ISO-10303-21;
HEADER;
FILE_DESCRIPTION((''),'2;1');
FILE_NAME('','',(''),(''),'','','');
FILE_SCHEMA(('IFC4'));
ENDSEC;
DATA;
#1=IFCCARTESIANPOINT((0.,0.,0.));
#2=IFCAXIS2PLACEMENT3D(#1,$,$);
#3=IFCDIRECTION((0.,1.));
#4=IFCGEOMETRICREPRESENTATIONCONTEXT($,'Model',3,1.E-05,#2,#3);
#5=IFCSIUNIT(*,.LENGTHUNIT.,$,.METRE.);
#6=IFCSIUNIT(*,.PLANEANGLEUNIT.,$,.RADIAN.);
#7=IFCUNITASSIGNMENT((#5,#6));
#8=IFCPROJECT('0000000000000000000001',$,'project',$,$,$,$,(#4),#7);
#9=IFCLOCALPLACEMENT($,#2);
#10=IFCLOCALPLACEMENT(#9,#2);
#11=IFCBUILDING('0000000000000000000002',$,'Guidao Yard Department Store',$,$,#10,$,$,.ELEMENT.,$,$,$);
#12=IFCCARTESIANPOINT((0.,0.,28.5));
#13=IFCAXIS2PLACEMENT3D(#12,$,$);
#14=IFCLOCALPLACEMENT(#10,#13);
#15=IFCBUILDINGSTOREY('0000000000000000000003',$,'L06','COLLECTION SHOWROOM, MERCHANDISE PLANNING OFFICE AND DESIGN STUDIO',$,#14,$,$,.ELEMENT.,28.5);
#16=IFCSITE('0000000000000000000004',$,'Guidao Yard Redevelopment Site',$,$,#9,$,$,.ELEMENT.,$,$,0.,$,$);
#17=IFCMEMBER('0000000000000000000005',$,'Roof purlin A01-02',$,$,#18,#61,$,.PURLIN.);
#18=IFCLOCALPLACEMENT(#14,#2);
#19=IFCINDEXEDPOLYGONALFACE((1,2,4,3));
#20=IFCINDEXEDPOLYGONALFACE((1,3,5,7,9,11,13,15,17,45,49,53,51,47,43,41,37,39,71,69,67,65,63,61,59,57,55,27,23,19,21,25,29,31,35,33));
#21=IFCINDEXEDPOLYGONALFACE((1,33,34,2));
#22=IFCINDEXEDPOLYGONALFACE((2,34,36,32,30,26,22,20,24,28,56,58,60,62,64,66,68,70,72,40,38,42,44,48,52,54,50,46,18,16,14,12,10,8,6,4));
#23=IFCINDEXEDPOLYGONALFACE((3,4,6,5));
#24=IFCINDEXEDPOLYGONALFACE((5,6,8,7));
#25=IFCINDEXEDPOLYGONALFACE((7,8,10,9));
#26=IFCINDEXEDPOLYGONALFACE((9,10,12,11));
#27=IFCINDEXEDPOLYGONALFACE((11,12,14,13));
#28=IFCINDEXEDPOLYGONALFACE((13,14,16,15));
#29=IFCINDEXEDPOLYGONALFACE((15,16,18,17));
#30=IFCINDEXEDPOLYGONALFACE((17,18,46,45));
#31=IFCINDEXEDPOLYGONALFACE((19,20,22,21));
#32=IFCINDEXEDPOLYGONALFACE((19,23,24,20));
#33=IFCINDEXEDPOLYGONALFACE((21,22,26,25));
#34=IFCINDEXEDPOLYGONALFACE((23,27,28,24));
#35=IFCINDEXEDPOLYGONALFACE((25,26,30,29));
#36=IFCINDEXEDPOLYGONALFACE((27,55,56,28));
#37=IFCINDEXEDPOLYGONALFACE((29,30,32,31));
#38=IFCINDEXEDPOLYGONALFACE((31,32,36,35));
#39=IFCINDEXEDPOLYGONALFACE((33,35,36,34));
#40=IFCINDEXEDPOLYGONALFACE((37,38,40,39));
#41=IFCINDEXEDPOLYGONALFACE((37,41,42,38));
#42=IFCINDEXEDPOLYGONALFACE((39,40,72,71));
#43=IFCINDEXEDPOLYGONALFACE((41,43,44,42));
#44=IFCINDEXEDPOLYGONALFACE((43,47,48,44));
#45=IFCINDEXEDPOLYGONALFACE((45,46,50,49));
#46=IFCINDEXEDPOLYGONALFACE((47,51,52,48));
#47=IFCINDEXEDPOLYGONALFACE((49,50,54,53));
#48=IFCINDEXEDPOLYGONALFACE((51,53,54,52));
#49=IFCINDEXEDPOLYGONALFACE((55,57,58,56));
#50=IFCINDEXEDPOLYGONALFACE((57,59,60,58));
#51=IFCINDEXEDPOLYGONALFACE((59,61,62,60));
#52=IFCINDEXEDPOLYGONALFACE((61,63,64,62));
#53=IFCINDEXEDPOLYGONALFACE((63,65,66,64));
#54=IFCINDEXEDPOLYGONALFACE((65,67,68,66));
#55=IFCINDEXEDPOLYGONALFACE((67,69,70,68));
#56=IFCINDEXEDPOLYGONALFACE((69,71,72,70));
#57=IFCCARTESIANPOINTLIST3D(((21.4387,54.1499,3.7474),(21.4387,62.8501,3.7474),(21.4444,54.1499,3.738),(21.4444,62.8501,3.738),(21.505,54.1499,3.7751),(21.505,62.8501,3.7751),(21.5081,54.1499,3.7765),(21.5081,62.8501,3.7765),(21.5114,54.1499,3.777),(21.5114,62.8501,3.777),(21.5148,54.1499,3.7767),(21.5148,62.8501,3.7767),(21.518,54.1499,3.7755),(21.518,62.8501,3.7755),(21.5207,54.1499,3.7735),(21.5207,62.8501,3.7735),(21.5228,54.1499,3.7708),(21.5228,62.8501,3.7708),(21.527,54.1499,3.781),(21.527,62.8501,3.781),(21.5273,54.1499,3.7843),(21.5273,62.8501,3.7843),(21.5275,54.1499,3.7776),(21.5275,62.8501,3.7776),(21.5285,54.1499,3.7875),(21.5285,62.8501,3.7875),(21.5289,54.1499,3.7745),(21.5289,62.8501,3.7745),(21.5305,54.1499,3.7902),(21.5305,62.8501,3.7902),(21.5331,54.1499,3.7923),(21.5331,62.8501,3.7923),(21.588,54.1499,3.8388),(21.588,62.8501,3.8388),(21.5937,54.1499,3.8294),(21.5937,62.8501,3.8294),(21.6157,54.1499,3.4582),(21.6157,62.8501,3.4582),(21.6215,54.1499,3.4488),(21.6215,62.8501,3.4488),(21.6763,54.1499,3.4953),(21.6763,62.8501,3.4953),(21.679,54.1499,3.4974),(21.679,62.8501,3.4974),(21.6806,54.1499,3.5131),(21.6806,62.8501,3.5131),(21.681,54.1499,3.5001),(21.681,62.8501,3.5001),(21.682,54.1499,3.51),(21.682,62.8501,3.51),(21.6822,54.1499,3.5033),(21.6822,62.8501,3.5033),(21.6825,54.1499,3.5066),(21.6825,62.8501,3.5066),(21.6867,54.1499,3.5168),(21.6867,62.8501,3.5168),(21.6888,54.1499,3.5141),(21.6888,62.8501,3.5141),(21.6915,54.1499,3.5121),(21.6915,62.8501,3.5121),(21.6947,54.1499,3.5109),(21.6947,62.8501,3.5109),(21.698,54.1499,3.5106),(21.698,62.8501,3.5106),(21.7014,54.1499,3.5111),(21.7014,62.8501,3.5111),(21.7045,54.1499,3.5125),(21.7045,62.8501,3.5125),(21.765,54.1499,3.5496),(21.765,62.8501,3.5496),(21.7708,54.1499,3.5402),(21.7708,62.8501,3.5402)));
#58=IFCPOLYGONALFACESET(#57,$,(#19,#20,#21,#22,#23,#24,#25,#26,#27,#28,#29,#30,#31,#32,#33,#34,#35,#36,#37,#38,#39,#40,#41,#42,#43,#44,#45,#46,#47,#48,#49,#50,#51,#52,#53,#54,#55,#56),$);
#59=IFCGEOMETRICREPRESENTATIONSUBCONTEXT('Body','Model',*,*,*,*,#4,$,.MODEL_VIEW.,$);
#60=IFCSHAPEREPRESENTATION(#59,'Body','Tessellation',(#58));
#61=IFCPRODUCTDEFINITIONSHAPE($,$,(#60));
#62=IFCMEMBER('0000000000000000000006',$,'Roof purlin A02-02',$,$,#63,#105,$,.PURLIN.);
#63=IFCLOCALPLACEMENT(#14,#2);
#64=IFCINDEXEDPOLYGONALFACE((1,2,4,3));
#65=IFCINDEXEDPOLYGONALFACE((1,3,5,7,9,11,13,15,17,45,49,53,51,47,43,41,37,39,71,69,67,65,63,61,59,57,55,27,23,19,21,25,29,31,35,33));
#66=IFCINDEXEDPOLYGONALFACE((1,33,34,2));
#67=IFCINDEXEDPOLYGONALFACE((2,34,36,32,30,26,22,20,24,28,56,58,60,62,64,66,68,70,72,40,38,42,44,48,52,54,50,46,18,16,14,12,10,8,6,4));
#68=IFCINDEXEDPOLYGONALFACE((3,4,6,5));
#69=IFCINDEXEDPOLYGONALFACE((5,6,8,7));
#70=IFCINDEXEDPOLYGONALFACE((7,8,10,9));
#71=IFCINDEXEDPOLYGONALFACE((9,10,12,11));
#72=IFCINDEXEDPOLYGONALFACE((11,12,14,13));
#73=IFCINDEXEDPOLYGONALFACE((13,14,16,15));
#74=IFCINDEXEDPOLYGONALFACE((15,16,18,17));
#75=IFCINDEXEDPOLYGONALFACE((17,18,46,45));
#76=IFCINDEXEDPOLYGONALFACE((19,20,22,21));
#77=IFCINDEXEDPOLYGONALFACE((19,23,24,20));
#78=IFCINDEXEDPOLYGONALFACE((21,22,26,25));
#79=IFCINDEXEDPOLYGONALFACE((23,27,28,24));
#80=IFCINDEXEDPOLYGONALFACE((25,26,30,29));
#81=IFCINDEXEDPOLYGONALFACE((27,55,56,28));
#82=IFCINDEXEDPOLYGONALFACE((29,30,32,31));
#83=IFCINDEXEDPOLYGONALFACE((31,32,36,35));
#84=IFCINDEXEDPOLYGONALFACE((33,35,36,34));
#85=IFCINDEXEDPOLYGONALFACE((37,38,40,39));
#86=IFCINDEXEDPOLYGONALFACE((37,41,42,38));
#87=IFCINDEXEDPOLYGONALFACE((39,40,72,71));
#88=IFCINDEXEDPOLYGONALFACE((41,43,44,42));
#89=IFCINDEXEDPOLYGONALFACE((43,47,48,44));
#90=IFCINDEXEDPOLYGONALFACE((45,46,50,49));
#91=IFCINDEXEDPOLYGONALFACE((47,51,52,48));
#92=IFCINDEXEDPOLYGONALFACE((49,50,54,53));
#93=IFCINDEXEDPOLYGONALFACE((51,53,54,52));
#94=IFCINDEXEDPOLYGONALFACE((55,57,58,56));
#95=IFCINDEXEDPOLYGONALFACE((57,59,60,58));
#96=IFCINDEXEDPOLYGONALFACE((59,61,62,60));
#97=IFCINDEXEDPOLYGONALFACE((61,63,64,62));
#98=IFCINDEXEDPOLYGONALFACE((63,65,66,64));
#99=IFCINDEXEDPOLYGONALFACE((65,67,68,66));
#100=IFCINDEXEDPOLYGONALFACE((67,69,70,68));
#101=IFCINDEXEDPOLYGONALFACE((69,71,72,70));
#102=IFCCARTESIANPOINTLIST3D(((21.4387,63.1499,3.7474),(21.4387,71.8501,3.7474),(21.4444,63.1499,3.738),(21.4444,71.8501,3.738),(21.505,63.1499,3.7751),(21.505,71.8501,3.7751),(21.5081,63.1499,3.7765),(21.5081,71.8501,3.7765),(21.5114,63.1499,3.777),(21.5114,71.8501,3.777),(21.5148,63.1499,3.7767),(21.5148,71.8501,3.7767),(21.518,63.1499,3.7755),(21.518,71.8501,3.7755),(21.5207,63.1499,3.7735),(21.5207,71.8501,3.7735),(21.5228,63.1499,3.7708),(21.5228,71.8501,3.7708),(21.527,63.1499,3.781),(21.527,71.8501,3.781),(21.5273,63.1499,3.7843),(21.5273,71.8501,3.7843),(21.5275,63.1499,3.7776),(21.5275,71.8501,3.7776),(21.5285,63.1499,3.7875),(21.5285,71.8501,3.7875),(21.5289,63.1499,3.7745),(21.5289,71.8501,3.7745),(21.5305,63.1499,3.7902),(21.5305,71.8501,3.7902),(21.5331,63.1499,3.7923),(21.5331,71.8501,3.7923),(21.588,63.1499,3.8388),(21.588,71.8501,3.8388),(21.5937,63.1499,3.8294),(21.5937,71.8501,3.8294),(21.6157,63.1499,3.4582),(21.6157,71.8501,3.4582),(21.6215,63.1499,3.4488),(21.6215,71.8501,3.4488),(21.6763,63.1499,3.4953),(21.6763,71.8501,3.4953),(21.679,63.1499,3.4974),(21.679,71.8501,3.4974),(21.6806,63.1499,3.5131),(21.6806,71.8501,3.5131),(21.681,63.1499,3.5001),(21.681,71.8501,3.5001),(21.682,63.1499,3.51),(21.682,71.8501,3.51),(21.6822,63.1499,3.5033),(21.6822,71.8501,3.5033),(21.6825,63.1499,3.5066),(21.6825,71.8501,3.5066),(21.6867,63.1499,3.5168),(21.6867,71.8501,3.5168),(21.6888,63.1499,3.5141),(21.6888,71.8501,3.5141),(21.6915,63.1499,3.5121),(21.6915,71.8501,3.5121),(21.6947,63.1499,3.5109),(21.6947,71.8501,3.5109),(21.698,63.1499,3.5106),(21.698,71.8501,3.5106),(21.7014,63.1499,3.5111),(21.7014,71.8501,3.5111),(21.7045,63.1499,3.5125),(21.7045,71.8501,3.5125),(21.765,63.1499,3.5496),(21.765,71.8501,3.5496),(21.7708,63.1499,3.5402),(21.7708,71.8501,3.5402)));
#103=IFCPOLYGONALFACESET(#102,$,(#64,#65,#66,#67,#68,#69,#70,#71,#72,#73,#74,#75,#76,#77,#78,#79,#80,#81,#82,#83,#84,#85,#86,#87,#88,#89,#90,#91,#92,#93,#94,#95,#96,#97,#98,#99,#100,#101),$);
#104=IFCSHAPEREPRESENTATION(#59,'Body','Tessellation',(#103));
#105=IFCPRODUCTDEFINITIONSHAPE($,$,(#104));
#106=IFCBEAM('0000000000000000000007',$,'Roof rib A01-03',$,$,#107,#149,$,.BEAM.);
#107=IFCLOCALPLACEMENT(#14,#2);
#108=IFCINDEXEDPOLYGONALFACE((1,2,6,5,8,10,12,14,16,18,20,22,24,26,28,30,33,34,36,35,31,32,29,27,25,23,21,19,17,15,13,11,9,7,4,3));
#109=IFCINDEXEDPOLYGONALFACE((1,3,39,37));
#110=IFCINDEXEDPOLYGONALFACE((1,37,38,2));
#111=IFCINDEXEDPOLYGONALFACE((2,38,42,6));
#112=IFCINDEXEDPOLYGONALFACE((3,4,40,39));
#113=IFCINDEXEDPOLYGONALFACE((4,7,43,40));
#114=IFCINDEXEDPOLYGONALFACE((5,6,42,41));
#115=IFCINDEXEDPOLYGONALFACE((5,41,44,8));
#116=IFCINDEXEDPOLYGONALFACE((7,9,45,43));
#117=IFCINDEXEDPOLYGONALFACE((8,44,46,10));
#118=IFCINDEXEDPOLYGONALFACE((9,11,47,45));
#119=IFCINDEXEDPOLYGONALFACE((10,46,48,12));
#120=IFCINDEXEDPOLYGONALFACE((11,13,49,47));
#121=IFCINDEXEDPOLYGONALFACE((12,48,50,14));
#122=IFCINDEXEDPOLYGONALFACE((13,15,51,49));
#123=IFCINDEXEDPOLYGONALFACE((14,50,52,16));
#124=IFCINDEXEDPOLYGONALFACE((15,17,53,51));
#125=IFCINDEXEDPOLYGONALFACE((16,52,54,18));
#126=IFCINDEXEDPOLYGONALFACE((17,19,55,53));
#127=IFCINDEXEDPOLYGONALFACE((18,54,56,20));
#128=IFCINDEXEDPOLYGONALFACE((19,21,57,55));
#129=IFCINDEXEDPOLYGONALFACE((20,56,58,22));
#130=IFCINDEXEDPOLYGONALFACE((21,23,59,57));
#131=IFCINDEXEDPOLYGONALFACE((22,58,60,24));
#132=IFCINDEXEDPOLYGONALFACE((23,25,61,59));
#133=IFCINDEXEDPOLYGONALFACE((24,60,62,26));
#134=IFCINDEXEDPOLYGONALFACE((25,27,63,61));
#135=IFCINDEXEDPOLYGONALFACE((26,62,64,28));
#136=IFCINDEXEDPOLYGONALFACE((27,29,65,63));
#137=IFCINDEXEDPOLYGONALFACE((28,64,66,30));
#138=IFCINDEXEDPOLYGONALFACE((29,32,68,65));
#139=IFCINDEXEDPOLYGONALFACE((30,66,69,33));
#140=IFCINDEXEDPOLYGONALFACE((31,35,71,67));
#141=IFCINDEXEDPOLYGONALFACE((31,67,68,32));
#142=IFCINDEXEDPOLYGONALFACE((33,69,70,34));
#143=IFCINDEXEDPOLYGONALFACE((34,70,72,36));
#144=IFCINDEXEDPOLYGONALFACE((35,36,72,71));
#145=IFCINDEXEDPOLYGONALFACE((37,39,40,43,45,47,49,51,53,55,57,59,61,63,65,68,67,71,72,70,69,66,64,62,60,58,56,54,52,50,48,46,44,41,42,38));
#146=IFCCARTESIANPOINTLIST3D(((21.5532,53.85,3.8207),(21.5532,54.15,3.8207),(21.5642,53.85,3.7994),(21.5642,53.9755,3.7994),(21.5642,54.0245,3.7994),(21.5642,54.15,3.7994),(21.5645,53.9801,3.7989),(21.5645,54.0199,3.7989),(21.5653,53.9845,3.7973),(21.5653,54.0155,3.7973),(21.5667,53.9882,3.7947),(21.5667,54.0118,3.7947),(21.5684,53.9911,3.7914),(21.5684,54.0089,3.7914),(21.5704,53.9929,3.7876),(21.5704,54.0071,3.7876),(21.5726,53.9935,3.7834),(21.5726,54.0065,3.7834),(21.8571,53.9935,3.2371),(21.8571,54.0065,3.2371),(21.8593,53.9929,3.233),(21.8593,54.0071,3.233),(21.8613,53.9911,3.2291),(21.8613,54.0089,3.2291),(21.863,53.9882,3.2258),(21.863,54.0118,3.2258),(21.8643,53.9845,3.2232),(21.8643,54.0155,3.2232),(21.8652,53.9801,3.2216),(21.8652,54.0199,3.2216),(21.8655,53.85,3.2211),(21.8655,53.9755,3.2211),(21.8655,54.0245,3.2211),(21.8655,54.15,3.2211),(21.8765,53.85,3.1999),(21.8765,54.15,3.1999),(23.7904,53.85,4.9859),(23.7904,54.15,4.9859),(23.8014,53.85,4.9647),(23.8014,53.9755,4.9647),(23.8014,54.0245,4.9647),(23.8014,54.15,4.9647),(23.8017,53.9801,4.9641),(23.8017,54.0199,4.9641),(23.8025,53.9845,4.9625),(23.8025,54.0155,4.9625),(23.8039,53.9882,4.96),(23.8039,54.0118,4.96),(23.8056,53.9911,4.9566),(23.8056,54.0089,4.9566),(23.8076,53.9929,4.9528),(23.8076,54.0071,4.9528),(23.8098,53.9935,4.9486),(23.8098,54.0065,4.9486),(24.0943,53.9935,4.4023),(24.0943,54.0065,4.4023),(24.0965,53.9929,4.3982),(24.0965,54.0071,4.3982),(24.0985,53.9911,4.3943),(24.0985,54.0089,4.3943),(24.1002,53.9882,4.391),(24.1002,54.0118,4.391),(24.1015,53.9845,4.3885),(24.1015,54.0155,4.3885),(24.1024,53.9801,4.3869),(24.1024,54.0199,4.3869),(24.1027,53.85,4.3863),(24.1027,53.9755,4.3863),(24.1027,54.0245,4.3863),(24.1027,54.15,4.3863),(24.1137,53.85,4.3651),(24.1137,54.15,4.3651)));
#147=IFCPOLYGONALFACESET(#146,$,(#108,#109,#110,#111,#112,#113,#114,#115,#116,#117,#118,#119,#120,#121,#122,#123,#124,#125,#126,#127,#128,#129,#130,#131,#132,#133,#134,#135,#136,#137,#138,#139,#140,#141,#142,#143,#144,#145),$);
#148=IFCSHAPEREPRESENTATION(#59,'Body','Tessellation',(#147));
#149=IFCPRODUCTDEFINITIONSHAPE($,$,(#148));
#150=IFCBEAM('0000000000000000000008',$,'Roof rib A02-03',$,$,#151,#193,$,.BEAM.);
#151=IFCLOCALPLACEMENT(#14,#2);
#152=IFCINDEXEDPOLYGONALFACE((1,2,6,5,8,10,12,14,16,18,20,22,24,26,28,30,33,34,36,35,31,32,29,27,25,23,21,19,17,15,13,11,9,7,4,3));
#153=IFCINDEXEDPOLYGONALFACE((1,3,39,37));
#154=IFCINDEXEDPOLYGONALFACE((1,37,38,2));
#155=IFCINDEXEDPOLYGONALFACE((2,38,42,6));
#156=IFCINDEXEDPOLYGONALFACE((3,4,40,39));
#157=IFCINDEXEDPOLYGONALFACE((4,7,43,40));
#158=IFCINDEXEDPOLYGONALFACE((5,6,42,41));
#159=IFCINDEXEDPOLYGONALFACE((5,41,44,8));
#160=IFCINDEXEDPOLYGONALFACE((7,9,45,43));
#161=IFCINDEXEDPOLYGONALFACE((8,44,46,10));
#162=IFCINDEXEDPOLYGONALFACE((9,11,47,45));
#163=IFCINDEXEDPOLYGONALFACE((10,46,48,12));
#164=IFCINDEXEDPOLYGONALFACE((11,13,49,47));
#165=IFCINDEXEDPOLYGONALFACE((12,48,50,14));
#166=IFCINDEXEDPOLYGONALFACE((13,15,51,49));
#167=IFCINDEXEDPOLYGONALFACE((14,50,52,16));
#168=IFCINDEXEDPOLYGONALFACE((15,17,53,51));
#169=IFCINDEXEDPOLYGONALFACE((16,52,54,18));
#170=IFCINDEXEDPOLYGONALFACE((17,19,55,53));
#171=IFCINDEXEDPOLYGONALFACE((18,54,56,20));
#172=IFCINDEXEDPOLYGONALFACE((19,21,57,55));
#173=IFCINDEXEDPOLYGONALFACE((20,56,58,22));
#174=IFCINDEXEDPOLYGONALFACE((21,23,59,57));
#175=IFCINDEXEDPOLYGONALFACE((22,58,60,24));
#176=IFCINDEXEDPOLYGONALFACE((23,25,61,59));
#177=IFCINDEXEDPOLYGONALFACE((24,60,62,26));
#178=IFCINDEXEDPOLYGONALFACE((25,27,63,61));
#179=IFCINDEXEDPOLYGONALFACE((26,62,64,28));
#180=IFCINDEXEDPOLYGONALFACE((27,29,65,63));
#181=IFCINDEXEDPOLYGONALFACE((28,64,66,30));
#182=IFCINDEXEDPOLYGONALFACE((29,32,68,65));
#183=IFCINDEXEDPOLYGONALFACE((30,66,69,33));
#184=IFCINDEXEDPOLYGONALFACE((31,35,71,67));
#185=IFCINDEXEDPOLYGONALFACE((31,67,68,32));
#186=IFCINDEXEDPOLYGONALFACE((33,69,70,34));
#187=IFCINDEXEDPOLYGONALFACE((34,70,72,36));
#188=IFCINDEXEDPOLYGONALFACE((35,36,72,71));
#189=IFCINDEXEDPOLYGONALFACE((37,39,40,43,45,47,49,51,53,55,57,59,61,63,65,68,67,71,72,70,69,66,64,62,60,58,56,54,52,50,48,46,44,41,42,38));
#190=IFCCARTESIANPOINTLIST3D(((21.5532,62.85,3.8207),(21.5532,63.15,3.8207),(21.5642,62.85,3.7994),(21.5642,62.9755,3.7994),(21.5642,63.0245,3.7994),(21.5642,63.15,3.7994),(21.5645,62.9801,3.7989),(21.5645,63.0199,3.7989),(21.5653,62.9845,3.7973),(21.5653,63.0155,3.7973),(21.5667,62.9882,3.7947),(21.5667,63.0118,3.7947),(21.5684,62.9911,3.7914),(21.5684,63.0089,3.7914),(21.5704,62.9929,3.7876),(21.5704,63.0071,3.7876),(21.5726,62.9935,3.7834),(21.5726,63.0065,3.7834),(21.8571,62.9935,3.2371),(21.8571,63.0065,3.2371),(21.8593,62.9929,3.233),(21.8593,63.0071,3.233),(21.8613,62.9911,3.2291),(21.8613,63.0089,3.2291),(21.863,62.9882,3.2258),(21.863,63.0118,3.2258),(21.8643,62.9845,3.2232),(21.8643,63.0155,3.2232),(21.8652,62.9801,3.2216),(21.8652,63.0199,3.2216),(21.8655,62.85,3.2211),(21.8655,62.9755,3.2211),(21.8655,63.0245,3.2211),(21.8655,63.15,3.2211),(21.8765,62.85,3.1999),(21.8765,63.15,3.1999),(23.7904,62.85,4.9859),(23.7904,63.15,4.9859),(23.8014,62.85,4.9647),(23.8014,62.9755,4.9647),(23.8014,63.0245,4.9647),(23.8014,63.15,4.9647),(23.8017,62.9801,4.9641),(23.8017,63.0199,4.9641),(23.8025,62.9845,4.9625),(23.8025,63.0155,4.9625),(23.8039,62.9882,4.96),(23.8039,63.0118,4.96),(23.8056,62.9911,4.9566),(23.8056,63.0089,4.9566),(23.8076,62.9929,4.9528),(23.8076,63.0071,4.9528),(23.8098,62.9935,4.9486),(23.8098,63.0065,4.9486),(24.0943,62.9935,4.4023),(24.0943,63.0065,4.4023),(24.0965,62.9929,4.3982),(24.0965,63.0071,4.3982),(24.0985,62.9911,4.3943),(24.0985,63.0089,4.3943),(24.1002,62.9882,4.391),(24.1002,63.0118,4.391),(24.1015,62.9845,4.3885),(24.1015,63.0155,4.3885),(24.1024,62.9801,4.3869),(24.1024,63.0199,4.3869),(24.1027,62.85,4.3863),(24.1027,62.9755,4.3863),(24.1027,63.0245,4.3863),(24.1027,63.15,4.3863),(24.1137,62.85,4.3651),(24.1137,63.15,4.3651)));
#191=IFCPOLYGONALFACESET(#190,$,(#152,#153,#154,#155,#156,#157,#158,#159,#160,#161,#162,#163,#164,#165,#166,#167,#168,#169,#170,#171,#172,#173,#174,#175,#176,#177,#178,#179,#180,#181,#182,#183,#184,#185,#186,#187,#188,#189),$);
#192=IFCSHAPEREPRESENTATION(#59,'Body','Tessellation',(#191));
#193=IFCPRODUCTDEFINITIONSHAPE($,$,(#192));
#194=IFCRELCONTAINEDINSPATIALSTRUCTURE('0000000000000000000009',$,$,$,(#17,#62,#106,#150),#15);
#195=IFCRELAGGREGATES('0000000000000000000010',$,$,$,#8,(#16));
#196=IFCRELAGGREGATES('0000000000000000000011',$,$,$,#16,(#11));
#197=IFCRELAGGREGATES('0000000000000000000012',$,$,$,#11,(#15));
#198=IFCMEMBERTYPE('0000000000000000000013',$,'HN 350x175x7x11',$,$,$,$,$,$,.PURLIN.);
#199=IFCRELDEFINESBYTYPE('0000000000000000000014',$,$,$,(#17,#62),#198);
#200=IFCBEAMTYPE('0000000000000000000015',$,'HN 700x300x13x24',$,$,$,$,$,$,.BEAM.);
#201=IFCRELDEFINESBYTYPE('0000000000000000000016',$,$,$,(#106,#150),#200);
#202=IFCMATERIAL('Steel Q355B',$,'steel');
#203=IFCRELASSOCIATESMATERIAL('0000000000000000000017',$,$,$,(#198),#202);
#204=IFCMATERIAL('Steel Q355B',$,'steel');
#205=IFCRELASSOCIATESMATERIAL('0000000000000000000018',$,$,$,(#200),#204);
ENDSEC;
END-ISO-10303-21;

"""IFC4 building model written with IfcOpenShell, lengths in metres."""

from ifc_helpers import new_model, si_unit, direction, frame, origin, origin_2d, place, context, subcontext, project, spatial, i_section, extrude, material, material_profile, profile_set, type_object, element, save


model = new_model("IFC4")

# Units and contexts
model_context = context("Model", 3, precision=1e-05, world=origin(), true_north=direction((0.0, 1.0)))
body_context = subcontext(model_context, "Body", "Model", "MODEL_VIEW")
ifc_project = project(units=[si_unit("LENGTHUNIT", "METRE"), si_unit("PLANEANGLEUNIT", "RADIAN")], contexts=[model_context])

# Site, building, storey
site_placement = place(None, origin())
site = spatial("IfcSite", under=ifc_project, at=site_placement, Name="Guidao Yard Redevelopment Site", CompositionType="ELEMENT", RefElevation=0.0)
building_placement = place(site_placement, origin())
building = spatial("IfcBuilding", under=site, at=building_placement, Name="Guidao Yard Department Store", CompositionType="ELEMENT")
storey_placement = place(building_placement, frame((0.0, 0.0, 28.5)))
storey = spatial("IfcBuildingStorey", under=building, at=storey_placement, Name="L06", Description="COLLECTION SHOWROOM, MERCHANDISE PLANNING OFFICE AND DESIGN STUDIO", CompositionType="ELEMENT", Elevation=28.5)

# Members
ifc_material_1 = material(Name="Steel Q355B", Category="steel")
ifc_material_profile_1 = material_profile(ifc_material_1, i_section(OverallWidth=0.175, OverallDepth=0.3501, WebThickness=0.0071, FlangeThickness=0.011, FilletRadius=0.0129, at=origin_2d()), Name="HN 350x175x7x11")
ifc_profile_set_1 = profile_set([ifc_material_profile_1], Name="Steel Q355B")
member_type_1 = type_object("IfcMemberType", Name="HN 350x175x7x11", PredefinedType="PURLIN", material=ifc_profile_set_1)
for number, where, z_axis, x_axis, name in (
    (1, (21.6047, 54.1499, 3.6438), (0.0, 1.0, 0.0), (-0.852874, 0.0, -0.522116), "Roof purlin A01-02"),
    (2, (21.6047, 63.1499, 3.6438), (0.0, 1.0, 0.0), (-0.852874, 0.0, -0.522116), "Roof purlin A02-02"),
):
    element("IfcMember", number, at=place(storey_placement, frame(where, z_axis=z_axis, x_axis=x_axis)), inside=storey, type_object=member_type_1, Name=name, PredefinedType="PURLIN", context=body_context, shape_type="SweptSolid", body=[
        extrude(i_section(OverallWidth=0.175, OverallDepth=0.3501, WebThickness=0.0071, FlangeThickness=0.011, FilletRadius=0.0129, at=origin_2d()), origin(), (0.0, 0.0, 1.0), 8.7002),
    ])

# Beams
ifc_material_2 = material(Name="Steel Q355B", Category="steel")
ifc_material_profile_2 = material_profile(ifc_material_2, i_section(OverallWidth=0.3, OverallDepth=0.7, WebThickness=0.0129, FlangeThickness=0.0239, FilletRadius=0.0181, at=origin_2d()), Name="HN 700x300x13x24")
ifc_profile_set_2 = profile_set([ifc_material_profile_2], Name="Steel Q355B")
beam_type = type_object("IfcBeamType", Name="HN 700x300x13x24", PredefinedType="BEAM", material=ifc_profile_set_2)
for number, where, z_axis, x_axis, name in (
    (3, (21.7148, 54.0, 3.5103), (0.886911, 0.0, 0.461941), (0.0, 1.0, 0.0), "Roof rib A01-03"),
    (4, (21.7148, 63.0, 3.5103), (0.886911, 0.0, 0.461941), (0.0, 1.0, 0.0), "Roof rib A02-03"),
):
    element("IfcBeam", number, at=place(storey_placement, frame(where, z_axis=z_axis, x_axis=x_axis)), inside=storey, type_object=beam_type, Name=name, PredefinedType="BEAM", context=body_context, shape_type="SweptSolid", body=[
        extrude(i_section(OverallWidth=0.3, OverallDepth=0.7, WebThickness=0.0129, FlangeThickness=0.0239, FilletRadius=0.0181, at=origin_2d()), origin(), (0.0, 0.0, 1.0), 2.5225),
    ])

save(model, "model.ifc")
